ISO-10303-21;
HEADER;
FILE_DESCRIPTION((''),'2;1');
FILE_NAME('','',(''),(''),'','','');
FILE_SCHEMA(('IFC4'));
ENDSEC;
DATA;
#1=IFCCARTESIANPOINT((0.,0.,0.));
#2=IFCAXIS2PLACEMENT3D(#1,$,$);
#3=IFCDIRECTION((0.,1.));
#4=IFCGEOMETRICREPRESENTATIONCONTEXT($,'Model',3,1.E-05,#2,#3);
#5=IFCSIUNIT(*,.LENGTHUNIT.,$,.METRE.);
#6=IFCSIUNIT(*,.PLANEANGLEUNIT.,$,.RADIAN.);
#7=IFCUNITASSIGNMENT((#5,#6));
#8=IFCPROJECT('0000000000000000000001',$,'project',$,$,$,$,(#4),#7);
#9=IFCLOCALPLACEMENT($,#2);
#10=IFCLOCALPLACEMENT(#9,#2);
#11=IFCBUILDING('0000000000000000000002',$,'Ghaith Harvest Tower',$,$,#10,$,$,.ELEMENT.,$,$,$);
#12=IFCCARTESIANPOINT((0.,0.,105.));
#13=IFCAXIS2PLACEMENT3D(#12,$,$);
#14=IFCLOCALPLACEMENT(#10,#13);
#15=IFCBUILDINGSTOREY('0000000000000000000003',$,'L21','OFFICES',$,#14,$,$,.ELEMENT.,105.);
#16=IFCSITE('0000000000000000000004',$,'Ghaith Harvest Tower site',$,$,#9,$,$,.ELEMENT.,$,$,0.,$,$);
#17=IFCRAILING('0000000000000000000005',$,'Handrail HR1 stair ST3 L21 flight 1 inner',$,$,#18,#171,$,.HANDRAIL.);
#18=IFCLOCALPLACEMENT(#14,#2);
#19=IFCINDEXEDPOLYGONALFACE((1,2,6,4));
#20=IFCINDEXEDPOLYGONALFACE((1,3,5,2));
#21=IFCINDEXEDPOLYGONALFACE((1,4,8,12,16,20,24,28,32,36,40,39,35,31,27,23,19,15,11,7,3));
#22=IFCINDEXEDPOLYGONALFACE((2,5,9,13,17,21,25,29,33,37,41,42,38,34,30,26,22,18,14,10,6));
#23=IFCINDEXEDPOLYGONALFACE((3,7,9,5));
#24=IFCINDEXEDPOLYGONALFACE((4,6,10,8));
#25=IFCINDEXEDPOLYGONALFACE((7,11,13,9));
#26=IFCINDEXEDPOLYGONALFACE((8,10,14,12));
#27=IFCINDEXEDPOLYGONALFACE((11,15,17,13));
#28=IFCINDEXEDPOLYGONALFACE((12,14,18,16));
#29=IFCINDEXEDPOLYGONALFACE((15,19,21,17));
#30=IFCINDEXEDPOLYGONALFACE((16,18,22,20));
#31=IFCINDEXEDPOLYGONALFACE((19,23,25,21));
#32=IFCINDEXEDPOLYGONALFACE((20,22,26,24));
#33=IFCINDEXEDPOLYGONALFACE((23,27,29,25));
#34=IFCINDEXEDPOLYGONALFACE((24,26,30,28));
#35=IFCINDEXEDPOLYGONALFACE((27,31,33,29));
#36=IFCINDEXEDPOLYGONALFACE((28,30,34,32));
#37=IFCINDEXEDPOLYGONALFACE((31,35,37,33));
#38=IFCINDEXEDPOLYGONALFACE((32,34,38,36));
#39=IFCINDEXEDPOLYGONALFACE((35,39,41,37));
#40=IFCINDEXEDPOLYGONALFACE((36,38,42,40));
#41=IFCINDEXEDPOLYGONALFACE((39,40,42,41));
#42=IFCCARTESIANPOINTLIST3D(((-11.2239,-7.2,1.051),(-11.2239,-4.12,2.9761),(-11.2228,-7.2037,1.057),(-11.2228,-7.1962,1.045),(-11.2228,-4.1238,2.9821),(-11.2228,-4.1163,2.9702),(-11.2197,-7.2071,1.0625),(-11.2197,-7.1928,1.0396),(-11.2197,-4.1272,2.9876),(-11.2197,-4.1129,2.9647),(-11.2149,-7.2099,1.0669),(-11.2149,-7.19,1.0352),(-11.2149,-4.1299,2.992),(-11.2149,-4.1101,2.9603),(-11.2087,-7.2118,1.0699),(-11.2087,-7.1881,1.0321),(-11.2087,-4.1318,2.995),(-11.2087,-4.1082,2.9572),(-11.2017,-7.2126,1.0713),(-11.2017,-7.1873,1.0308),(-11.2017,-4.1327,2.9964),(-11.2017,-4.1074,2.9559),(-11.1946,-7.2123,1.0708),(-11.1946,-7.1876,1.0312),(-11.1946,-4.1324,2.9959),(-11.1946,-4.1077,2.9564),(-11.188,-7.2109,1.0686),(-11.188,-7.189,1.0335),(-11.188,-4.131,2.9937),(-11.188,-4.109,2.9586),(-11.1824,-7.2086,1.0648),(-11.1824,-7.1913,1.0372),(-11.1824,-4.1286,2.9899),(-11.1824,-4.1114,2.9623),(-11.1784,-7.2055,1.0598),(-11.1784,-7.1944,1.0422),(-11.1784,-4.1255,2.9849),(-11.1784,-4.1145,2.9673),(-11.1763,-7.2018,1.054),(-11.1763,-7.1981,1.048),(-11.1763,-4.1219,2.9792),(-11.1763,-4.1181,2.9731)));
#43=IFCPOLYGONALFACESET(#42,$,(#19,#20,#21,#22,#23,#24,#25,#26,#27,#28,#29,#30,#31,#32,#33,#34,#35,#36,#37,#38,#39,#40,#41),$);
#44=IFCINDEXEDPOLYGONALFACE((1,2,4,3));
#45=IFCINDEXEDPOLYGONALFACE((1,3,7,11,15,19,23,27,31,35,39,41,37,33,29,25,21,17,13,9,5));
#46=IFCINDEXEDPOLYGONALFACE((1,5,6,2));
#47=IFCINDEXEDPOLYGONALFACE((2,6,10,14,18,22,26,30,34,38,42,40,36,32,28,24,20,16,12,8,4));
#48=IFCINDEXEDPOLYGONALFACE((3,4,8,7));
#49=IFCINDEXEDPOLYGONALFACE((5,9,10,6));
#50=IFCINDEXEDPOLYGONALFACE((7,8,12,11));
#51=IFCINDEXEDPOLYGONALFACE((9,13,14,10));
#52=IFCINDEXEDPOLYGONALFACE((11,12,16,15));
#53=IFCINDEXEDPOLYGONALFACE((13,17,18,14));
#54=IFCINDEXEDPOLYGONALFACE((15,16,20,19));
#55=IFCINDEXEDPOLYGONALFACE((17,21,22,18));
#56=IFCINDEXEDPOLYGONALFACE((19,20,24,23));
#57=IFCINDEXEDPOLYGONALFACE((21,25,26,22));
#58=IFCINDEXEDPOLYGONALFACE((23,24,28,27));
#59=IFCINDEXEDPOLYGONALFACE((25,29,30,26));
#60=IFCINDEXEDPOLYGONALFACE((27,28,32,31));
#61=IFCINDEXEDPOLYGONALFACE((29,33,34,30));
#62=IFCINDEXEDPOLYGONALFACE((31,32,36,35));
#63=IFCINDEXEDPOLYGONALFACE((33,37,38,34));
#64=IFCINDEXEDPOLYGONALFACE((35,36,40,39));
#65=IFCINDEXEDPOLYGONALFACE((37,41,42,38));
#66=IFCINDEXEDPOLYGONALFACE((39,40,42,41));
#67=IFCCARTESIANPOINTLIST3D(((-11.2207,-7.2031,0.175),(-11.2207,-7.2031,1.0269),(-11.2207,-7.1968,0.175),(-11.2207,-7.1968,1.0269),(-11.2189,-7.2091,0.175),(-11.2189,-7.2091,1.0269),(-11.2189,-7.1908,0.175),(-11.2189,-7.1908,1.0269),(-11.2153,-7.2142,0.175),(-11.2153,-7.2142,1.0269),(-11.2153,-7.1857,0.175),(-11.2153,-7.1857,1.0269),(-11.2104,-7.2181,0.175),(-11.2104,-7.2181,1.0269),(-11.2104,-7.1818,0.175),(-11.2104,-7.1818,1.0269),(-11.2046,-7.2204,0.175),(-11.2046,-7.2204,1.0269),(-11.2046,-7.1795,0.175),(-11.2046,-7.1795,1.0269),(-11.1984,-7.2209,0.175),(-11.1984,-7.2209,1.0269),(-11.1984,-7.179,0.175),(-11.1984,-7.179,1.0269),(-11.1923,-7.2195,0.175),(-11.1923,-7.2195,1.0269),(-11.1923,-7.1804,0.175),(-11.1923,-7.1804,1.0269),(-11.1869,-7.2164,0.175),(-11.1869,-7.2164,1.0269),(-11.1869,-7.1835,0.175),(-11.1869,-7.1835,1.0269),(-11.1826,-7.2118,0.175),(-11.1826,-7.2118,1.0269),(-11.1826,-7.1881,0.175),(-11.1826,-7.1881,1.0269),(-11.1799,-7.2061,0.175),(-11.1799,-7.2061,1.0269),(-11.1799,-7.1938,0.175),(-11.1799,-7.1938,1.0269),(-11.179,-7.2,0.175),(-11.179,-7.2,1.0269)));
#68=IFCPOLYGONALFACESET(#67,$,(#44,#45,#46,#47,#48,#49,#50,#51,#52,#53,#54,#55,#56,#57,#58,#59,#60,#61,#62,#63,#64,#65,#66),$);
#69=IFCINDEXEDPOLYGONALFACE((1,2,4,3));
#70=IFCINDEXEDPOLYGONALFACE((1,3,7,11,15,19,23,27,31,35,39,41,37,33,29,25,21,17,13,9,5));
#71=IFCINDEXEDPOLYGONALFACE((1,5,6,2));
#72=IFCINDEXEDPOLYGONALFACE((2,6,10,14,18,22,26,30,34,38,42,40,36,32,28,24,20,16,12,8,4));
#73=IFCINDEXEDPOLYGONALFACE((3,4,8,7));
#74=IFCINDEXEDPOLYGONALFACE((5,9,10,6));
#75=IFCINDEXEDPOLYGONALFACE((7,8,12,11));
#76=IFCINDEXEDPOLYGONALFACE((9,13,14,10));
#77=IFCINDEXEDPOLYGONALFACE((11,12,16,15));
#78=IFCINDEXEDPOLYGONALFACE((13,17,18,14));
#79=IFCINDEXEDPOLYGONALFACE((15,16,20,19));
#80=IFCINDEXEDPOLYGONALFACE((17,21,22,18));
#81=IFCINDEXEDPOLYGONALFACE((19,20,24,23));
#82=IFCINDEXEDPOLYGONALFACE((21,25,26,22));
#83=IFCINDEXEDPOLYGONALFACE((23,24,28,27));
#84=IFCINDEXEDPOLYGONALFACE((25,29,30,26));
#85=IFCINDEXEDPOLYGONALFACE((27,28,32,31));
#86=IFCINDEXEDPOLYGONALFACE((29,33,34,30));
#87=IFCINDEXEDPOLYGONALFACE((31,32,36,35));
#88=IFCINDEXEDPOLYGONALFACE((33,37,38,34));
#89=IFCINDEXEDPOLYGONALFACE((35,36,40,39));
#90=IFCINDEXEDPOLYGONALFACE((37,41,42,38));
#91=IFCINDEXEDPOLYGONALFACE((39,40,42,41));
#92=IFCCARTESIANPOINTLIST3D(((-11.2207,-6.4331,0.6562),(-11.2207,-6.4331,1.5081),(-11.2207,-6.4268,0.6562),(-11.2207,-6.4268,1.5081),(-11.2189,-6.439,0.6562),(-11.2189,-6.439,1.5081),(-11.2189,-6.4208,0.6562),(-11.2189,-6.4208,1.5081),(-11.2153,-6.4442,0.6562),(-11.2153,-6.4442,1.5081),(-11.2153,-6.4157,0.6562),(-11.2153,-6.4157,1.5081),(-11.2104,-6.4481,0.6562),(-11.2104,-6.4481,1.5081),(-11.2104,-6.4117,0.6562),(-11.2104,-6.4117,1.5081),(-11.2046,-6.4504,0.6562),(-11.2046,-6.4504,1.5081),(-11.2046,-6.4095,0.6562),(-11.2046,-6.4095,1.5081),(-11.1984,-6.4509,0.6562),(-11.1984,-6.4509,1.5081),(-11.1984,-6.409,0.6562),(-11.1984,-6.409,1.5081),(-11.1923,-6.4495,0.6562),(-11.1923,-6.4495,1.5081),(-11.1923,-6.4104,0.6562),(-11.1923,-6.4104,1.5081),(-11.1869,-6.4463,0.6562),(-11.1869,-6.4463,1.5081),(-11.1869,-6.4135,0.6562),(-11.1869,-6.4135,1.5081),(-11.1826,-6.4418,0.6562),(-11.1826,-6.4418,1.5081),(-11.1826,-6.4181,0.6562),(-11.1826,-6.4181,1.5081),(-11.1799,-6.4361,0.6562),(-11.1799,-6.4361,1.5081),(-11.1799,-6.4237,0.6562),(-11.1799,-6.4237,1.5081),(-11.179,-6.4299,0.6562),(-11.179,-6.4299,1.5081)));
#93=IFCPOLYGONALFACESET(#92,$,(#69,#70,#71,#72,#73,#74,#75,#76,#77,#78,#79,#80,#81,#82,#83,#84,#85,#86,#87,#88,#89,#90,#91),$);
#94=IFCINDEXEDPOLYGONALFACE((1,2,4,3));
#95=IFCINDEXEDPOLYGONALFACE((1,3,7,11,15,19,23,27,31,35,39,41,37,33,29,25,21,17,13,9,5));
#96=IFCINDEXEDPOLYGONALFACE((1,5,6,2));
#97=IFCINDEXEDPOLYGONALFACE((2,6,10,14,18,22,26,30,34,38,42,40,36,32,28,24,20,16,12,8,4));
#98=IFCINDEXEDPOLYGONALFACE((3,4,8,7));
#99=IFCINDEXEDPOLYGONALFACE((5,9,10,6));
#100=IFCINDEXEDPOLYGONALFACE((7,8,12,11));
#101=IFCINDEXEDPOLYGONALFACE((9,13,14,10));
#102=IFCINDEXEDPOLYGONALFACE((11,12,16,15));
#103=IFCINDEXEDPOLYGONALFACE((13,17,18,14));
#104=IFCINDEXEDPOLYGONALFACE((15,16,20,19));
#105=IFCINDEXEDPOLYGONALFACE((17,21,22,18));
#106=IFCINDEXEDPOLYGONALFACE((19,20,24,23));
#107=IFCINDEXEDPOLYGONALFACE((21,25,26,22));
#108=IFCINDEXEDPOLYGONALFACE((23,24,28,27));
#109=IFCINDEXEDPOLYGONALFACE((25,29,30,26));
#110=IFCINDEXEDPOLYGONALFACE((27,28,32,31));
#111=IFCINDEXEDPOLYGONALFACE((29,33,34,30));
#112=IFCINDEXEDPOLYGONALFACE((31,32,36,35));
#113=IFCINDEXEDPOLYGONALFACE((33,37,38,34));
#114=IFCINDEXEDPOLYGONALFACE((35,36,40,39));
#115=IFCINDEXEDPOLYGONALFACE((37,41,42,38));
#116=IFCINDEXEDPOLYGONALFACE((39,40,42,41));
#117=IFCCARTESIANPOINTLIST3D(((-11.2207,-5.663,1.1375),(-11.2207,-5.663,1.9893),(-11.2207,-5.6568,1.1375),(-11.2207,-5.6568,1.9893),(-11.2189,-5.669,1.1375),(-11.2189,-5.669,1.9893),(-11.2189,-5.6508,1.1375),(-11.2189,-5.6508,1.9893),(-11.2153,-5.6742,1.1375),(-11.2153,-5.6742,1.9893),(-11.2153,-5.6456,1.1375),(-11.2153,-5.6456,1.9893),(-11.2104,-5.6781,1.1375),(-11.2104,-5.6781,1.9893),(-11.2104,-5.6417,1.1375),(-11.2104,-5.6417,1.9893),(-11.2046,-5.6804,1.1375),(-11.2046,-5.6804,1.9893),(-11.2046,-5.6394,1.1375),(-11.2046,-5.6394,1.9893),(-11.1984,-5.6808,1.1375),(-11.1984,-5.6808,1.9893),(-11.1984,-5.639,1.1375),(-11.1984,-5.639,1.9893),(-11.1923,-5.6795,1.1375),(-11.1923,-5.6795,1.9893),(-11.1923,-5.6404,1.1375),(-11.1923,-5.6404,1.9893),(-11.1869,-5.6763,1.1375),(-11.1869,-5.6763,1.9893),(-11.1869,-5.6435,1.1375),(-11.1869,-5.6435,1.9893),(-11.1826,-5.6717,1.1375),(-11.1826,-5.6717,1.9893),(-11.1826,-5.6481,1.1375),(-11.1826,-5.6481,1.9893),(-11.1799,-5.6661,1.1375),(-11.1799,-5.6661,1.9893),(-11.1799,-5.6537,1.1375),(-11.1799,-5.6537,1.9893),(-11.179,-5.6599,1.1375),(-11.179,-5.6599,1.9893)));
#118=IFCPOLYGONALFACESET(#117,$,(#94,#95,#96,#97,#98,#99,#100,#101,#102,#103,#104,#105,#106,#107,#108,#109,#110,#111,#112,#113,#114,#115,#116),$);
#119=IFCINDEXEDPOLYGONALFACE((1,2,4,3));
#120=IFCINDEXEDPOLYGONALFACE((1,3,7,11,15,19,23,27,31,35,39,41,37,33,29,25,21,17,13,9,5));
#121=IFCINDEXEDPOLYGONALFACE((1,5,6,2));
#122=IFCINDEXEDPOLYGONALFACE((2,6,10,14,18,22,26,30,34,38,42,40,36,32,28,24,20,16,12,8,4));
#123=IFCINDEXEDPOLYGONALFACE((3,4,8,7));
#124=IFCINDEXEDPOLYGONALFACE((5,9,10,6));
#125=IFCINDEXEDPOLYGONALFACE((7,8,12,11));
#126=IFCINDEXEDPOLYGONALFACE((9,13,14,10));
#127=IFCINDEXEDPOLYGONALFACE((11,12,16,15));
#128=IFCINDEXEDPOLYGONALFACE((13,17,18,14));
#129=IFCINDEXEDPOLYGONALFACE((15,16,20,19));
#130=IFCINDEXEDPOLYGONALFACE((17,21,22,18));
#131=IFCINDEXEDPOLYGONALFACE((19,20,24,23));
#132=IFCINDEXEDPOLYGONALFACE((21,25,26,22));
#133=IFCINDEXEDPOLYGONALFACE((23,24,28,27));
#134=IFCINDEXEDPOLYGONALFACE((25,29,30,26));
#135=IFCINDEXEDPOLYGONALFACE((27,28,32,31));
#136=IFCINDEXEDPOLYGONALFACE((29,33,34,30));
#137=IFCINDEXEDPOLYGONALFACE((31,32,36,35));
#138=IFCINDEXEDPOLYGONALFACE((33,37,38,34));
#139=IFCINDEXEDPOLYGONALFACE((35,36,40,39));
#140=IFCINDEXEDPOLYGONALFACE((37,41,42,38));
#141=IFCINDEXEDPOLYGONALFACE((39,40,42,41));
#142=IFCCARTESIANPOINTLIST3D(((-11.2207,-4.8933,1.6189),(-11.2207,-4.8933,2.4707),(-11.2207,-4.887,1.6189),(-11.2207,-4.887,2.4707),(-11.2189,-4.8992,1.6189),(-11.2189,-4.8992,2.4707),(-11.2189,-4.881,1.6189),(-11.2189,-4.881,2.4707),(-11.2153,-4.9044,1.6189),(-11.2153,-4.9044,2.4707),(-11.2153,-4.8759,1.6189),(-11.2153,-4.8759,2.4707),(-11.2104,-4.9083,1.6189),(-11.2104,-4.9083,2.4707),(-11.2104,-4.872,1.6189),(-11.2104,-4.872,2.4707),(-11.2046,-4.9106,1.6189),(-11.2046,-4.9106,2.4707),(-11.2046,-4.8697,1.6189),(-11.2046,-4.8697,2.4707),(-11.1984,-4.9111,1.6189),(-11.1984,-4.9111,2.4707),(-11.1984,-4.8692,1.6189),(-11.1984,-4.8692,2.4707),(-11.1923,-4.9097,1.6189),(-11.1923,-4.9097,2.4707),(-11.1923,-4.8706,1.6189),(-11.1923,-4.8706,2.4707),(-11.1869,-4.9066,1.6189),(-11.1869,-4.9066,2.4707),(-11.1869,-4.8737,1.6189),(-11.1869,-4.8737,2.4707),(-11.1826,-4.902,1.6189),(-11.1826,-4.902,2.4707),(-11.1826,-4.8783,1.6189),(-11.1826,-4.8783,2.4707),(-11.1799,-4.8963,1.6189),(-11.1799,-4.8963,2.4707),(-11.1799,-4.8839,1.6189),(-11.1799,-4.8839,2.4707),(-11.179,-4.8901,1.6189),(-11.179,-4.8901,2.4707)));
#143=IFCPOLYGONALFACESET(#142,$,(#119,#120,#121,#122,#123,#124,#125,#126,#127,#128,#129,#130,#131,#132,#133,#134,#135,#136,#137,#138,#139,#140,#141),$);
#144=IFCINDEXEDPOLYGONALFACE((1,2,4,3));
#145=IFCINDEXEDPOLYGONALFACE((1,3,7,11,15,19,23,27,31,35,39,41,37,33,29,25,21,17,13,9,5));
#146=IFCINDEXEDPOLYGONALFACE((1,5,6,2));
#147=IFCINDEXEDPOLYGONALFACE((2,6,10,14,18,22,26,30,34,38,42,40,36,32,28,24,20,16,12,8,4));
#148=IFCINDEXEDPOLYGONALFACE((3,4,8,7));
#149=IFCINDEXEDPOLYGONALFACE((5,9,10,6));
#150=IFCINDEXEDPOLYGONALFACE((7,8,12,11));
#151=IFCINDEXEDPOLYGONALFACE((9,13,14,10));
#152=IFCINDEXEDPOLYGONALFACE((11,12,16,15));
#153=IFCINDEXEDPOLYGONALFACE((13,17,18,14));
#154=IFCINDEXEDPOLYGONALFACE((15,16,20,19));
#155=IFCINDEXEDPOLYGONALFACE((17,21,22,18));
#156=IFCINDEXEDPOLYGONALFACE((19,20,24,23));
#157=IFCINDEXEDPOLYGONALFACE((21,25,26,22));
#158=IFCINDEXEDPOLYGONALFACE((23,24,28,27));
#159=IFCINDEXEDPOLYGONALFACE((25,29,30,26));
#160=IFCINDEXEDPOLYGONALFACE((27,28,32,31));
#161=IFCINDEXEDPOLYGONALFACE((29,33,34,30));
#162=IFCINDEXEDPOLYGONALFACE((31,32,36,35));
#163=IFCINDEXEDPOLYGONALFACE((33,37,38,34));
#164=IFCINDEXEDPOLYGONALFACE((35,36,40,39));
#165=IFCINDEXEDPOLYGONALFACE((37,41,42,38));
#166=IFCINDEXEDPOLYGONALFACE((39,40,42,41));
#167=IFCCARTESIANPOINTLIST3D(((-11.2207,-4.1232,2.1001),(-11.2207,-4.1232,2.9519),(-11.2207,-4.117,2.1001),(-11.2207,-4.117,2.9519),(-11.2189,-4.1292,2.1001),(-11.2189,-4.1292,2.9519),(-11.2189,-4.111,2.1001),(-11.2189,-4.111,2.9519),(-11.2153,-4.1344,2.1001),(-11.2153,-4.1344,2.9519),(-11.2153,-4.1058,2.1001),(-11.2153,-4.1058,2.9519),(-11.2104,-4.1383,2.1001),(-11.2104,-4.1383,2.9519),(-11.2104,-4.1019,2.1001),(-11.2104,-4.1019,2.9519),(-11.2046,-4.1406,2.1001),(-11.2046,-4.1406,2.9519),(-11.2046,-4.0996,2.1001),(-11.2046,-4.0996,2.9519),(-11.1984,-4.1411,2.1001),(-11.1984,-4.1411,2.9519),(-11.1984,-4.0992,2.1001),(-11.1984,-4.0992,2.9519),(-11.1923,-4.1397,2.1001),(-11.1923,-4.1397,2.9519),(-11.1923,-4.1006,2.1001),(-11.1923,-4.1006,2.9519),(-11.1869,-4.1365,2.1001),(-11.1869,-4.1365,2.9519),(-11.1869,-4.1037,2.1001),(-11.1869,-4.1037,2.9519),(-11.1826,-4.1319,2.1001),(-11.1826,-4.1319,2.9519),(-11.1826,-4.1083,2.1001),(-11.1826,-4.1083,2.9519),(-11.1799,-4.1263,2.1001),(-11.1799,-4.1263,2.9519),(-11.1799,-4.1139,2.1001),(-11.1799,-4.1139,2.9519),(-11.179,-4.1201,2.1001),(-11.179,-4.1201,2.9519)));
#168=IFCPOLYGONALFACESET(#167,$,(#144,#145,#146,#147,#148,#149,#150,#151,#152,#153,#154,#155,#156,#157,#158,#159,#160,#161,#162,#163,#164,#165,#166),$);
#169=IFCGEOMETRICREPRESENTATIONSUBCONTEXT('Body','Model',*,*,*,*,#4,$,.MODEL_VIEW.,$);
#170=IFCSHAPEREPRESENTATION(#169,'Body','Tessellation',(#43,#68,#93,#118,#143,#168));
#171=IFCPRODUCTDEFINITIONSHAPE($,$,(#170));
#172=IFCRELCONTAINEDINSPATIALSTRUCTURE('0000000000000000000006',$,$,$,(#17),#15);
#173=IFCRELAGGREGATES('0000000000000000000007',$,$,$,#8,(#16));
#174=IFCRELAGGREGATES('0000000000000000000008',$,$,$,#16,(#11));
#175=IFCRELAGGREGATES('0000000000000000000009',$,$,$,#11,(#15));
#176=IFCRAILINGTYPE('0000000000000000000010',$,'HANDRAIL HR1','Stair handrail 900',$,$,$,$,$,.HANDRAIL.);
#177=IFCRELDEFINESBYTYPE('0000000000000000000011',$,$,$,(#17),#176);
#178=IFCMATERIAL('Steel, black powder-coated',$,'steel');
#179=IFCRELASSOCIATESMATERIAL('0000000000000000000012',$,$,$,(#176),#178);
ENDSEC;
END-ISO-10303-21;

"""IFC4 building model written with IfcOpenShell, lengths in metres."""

from ifc_helpers import new_model, si_unit, direction, frame, origin, origin_2d, place, context, subcontext, project, spatial, circle, extrude, material, type_object, element, save


model = new_model("IFC4")

# Units and contexts
model_context = context("Model", 3, precision=1e-05, world=origin(), true_north=direction((0.0, 1.0)))
body_context = subcontext(model_context, "Body", "Model", "MODEL_VIEW")
ifc_project = project(units=[si_unit("LENGTHUNIT", "METRE"), si_unit("PLANEANGLEUNIT", "RADIAN")], contexts=[model_context])

# Site, building, storey
site_placement = place(None, origin())
site = spatial("IfcSite", under=ifc_project, at=site_placement, Name="Ghaith Harvest Tower site", CompositionType="ELEMENT", RefElevation=0.0)
building_placement = place(site_placement, origin())
building = spatial("IfcBuilding", under=site, at=building_placement, Name="Ghaith Harvest Tower", CompositionType="ELEMENT")
storey_placement = place(building_placement, frame((0.0, 0.0, 105.0)))
storey = spatial("IfcBuildingStorey", under=building, at=storey_placement, Name="L21", Description="OFFICES", CompositionType="ELEMENT", Elevation=105.0)

# Railing
ifc_material_1 = material(Name="Steel, black powder-coated", Category="steel")
railing_type = type_object("IfcRailingType", Name="HANDRAIL HR1", Description="Stair handrail 900", PredefinedType="HANDRAIL", material=ifc_material_1)
railing_1_placement = place(storey_placement, frame((-11.2, -7.2, 0.175)))
element("IfcRailing", 1, at=railing_1_placement, inside=storey, type_object=railing_type, Name="Handrail HR1 stair ST3 L21 flight 1 inner", PredefinedType="HANDRAIL", context=body_context, shape_type="SweptSolid", body=[
    extrude(circle(Radius=0.0239, at=origin_2d()), frame((0.0, 0.0, 0.876), z_axis=(0.0, 0.847979, 0.530029), x_axis=(-1.0, 0.0, 0.0)), (0.0, 0.0, 1.0), 3.6321),
    extrude(circle(Radius=0.021, at=origin_2d()), origin(), (0.0, 0.0, 1.0), 0.8518),
    extrude(circle(Radius=0.021, at=origin_2d()), frame((0.0, 0.77, 0.4812)), (0.0, 0.0, 1.0), 0.8518),
    extrude(circle(Radius=0.021, at=origin_2d()), frame((0.0, 1.54, 0.9624)), (0.0, 0.0, 1.0), 0.8518),
    extrude(circle(Radius=0.021, at=origin_2d()), frame((0.0, 2.3098, 1.4438)), (0.0, 0.0, 1.0), 0.8518),
    extrude(circle(Radius=0.021, at=origin_2d()), frame((0.0, 3.0798, 1.925)), (0.0, 0.0, 1.0), 0.8518),
])

save(model, "model.ifc")
